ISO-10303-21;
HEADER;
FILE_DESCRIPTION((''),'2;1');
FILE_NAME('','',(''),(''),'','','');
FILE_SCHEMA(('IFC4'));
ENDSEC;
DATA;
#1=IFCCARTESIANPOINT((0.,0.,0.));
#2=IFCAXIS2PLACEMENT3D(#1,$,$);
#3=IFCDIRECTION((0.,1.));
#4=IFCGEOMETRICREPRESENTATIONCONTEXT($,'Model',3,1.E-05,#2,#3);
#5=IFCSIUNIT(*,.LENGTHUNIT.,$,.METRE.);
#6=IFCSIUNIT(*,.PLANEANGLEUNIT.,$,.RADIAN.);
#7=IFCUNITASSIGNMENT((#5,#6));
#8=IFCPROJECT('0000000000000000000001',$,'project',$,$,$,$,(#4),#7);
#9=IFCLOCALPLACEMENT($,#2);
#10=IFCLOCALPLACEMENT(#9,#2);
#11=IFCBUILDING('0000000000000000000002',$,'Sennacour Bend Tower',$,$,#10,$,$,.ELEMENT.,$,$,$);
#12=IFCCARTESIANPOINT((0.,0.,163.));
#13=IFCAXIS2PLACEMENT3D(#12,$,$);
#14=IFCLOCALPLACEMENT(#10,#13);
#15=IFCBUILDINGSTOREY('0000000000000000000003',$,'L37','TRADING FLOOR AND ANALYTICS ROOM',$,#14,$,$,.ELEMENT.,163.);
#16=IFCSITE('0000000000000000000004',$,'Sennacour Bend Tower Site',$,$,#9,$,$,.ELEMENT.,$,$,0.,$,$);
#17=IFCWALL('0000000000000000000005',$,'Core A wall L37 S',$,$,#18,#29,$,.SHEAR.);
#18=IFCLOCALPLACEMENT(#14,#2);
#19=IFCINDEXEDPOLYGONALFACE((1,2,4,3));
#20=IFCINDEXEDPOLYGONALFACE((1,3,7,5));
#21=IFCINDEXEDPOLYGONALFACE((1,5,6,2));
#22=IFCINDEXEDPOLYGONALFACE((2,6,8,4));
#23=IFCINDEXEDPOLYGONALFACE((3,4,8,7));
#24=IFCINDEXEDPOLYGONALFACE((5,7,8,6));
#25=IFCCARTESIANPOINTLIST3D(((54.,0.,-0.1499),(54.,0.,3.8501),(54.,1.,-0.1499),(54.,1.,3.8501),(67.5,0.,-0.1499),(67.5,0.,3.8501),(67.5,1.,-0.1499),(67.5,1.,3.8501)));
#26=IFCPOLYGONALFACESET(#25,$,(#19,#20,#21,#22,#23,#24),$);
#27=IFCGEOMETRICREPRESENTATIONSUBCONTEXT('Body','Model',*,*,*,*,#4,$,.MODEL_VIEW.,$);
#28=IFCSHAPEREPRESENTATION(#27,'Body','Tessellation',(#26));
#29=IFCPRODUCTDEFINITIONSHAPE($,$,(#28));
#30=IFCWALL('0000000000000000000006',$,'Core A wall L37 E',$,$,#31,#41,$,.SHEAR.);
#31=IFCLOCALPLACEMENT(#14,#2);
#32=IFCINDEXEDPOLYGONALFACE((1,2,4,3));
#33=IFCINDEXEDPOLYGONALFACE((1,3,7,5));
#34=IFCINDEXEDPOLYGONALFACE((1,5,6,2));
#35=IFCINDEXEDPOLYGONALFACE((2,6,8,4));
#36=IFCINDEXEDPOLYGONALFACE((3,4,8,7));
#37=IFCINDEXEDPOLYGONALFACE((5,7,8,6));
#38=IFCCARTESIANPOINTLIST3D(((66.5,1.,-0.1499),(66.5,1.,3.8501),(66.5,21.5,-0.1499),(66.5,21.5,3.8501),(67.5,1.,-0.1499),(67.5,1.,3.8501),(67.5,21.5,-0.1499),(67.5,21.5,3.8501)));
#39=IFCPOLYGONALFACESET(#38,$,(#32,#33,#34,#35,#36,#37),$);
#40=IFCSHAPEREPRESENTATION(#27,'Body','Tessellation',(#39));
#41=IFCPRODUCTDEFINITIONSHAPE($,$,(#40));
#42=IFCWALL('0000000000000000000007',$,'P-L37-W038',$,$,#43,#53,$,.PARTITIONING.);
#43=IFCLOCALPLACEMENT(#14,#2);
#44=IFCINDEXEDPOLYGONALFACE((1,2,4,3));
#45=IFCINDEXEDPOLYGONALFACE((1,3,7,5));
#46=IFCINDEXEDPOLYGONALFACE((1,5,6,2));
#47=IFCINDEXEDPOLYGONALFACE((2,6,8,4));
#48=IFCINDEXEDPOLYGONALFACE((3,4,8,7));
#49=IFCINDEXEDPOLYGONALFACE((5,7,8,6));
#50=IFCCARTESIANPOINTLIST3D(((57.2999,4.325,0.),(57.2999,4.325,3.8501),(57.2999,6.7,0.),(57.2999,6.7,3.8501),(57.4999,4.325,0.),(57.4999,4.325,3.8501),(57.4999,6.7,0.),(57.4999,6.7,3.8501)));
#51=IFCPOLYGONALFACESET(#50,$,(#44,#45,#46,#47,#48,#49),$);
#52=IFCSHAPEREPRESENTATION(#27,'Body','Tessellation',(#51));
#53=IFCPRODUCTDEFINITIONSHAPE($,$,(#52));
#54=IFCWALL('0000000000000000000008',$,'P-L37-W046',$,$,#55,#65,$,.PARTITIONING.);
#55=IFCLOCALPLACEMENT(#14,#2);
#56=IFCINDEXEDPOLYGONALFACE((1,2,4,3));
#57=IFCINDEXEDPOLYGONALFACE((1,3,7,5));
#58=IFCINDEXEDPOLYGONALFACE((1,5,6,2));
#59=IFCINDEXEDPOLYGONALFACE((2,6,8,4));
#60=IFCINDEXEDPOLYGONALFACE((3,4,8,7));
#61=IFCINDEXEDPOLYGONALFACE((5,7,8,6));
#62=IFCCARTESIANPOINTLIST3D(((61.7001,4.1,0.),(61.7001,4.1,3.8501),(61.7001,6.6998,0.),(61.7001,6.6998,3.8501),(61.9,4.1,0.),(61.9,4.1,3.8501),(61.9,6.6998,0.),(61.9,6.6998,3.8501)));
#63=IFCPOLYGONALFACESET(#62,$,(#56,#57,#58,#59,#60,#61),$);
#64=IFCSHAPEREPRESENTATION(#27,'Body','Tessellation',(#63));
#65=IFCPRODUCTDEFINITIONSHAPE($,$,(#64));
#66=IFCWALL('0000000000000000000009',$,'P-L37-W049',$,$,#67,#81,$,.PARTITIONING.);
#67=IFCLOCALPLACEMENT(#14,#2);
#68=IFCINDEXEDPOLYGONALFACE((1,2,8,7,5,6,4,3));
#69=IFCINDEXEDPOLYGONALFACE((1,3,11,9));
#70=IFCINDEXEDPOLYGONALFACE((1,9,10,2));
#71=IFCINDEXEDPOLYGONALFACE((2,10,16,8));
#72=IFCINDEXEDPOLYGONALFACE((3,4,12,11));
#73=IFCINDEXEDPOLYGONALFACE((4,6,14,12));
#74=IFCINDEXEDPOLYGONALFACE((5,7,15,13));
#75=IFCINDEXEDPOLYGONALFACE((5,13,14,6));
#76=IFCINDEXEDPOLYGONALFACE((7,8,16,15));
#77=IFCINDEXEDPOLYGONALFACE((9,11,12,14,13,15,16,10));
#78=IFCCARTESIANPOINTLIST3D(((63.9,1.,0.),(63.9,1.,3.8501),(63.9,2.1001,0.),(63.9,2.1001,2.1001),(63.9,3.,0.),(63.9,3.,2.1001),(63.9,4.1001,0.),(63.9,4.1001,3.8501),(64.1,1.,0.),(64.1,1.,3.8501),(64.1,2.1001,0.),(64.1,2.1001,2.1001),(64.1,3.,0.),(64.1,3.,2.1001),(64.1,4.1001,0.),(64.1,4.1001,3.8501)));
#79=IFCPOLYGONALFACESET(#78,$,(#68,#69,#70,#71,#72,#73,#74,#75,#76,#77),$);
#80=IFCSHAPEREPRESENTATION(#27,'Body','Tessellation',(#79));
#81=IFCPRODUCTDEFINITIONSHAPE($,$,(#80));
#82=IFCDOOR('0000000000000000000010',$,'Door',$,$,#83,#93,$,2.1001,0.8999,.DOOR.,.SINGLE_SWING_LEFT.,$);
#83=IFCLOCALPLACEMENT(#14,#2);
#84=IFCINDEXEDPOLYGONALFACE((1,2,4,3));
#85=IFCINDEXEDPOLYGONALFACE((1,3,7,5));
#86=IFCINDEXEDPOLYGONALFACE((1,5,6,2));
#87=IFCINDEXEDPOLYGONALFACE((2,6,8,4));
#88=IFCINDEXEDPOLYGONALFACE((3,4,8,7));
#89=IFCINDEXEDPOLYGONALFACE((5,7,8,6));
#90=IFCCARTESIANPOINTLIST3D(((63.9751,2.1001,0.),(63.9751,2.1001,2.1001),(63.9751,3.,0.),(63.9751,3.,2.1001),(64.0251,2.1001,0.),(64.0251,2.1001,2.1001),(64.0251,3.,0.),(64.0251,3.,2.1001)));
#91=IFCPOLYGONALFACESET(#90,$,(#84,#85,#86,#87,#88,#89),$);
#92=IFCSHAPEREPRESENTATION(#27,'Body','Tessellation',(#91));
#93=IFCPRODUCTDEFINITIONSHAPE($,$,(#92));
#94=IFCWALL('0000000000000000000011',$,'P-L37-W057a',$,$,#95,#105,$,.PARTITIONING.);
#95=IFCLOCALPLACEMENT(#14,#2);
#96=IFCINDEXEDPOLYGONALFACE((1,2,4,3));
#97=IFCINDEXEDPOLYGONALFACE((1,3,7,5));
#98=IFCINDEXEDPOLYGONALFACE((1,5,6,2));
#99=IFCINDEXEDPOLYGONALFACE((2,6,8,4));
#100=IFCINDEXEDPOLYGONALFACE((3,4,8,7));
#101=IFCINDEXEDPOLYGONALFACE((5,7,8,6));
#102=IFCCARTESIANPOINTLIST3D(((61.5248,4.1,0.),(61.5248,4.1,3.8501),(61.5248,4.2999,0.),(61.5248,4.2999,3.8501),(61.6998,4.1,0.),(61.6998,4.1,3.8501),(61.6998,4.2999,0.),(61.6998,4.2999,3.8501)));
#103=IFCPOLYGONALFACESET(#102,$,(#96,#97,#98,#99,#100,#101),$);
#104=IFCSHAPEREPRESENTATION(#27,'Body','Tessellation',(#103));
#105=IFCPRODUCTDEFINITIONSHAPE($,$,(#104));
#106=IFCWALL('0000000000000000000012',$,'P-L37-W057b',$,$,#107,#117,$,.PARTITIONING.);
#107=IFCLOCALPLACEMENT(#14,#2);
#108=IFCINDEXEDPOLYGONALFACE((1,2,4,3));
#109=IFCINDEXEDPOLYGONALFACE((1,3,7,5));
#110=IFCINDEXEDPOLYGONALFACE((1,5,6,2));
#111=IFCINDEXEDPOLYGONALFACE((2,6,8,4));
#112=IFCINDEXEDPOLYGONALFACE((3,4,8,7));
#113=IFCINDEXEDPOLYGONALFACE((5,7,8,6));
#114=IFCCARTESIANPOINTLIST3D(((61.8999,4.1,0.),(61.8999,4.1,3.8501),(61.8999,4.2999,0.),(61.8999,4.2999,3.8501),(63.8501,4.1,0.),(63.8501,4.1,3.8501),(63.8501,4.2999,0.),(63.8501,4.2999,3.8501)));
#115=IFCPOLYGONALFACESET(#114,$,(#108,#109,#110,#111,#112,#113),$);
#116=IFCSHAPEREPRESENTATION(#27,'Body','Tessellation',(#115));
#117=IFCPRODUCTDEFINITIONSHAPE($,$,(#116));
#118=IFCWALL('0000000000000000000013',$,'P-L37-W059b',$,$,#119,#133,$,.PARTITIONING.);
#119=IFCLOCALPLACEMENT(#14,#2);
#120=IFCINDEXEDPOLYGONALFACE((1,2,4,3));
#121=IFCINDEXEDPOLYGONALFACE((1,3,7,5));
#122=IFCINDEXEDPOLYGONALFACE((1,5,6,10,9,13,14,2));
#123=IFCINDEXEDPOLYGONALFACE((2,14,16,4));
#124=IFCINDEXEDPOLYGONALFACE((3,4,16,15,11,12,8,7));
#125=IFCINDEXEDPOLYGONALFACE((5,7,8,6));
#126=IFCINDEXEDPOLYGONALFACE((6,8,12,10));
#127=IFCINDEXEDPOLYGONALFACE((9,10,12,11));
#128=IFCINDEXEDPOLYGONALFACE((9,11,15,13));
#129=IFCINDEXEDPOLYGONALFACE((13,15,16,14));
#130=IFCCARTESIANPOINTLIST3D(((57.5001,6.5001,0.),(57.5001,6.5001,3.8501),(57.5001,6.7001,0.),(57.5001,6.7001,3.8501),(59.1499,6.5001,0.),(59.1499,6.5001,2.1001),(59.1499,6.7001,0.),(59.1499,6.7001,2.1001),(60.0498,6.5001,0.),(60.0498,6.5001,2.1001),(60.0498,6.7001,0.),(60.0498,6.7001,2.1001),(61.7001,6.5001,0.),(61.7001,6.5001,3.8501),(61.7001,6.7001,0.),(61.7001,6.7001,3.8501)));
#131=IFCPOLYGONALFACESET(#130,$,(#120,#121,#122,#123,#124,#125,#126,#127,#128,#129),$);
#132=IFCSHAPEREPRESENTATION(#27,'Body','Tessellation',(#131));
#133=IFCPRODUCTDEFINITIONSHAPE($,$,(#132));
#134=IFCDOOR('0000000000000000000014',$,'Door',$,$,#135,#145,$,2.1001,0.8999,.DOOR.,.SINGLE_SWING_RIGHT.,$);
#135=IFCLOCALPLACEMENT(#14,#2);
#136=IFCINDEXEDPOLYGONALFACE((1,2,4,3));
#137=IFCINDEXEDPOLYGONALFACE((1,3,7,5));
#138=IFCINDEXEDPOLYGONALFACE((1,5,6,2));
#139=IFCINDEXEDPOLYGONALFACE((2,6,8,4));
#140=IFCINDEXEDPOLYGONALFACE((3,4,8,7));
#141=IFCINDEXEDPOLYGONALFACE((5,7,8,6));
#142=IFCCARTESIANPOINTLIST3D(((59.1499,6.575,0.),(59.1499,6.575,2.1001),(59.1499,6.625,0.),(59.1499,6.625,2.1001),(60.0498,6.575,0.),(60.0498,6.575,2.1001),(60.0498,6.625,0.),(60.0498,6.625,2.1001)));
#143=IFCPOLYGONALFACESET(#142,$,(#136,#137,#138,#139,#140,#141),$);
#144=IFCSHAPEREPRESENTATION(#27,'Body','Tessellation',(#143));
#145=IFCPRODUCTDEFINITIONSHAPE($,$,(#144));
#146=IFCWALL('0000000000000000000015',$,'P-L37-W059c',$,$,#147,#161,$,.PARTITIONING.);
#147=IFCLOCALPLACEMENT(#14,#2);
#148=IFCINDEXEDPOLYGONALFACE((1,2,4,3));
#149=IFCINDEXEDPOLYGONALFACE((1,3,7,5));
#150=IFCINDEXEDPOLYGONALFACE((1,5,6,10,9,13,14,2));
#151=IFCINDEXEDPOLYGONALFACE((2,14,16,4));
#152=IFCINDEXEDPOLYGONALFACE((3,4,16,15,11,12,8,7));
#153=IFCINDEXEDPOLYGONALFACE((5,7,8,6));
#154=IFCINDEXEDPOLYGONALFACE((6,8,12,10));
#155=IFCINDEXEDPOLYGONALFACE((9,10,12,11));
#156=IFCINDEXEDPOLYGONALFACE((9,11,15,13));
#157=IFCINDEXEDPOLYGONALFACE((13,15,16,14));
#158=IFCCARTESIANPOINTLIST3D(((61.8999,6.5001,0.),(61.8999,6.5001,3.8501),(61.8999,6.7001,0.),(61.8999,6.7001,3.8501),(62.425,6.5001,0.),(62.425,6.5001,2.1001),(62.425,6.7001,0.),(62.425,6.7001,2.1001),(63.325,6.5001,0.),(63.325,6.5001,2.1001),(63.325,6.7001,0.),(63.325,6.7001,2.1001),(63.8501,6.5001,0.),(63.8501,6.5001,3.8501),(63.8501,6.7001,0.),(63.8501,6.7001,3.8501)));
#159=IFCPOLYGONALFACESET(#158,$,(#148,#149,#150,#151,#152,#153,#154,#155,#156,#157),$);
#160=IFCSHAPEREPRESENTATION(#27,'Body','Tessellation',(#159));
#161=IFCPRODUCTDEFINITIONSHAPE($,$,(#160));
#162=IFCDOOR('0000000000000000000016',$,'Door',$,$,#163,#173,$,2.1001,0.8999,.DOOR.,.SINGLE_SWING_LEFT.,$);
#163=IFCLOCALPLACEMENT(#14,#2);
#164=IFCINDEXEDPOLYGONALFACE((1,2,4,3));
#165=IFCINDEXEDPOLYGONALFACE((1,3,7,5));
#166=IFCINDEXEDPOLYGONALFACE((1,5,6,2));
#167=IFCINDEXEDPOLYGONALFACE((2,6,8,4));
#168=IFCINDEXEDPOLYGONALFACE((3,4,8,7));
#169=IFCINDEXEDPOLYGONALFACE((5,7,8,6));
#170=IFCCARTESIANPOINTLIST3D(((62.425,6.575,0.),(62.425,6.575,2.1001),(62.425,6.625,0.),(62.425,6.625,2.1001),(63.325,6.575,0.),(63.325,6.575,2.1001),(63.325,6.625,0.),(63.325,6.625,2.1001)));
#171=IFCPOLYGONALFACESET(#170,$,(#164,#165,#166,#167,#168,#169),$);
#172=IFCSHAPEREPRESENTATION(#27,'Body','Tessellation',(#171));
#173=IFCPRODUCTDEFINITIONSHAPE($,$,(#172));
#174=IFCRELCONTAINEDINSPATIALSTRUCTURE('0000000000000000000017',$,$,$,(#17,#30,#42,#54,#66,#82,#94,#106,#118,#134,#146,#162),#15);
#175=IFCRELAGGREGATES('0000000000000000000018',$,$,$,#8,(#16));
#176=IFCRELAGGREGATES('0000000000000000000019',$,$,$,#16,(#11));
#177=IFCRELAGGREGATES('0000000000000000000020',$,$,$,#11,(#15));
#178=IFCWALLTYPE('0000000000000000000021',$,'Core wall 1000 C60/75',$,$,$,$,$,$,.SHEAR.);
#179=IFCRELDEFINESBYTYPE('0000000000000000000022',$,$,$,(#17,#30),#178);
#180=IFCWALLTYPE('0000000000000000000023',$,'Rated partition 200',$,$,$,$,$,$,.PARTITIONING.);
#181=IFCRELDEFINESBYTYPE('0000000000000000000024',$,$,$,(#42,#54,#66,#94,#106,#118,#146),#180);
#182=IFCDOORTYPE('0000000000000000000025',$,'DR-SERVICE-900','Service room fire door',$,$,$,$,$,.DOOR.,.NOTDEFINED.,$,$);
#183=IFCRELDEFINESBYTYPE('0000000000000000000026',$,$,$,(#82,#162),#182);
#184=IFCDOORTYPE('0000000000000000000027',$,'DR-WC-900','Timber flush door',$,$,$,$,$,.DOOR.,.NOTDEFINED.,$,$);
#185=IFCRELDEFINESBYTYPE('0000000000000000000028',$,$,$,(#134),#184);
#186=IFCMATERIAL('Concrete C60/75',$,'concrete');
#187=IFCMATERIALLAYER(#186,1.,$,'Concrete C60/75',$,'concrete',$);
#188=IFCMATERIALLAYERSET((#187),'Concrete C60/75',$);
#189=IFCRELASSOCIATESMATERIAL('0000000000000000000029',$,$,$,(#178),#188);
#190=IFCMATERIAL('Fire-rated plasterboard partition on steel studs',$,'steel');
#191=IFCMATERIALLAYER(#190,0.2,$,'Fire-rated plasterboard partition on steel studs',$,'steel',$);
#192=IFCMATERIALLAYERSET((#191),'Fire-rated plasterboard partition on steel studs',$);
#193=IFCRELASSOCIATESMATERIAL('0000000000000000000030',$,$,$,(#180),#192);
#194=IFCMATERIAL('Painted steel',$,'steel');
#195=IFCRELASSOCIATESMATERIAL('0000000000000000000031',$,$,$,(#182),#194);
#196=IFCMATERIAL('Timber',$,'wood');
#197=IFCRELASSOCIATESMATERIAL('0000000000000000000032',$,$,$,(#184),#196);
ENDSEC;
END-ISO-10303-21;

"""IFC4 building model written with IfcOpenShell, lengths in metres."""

from ifc_helpers import new_model, si_unit, direction, frame, frame_2d, origin, place, context, subcontext, project, spatial, rectangle, extrude, material, layer, layer_set, type_object, element, fill, save


model = new_model("IFC4")

# Units and contexts
model_context = context("Model", 3, precision=1e-05, world=origin(), true_north=direction((0.0, 1.0)))
body_context = subcontext(model_context, "Body", "Model", "MODEL_VIEW")
ifc_project = project(units=[si_unit("LENGTHUNIT", "METRE"), si_unit("PLANEANGLEUNIT", "RADIAN")], contexts=[model_context])

# Site, building, storey
site_placement = place(None, origin())
site = spatial("IfcSite", under=ifc_project, at=site_placement, Name="Sennacour Bend Tower Site", CompositionType="ELEMENT", RefElevation=0.0)
building_placement = place(site_placement, origin())
building = spatial("IfcBuilding", under=site, at=building_placement, Name="Sennacour Bend Tower", CompositionType="ELEMENT")
storey_placement = place(building_placement, frame((0.0, 0.0, 163.0)))
storey = spatial("IfcBuildingStorey", under=building, at=storey_placement, Name="L37", Description="TRADING FLOOR AND ANALYTICS ROOM", CompositionType="ELEMENT", Elevation=163.0)

# Walls
ifc_material_1 = material(Name="Concrete C60/75", Category="concrete")
ifc_layer_1 = layer(ifc_material_1, 1.0, Name="Concrete C60/75", Category="concrete")
ifc_layer_set_1 = layer_set([ifc_layer_1], Name="Concrete C60/75")
wall_type_1 = type_object("IfcWallType", Name="Core wall 1000 C60/75", PredefinedType="SHEAR", material=ifc_layer_set_1)
wall_1_placement = place(storey_placement, frame((67.5, 0.5, -0.1499), z_axis=(0.0, 0.0, 1.0), x_axis=(-1.0, 0.0, 0.0)))
element("IfcWall", 1, at=wall_1_placement, inside=storey, type_object=wall_type_1, Name="Core A wall L37 S", PredefinedType="SHEAR", context=body_context, shape_type="SweptSolid", body=[
    extrude(rectangle(XDim=13.5, YDim=1.0, at=frame_2d((6.75, 0.0))), origin(), (0.0, 0.0, 1.0), 4.0),
])
wall_2_placement = place(storey_placement, frame((67.0, 1.0, -0.1499), z_axis=(0.0, 0.0, 1.0), x_axis=(0.0, 1.0, 0.0)))
element("IfcWall", 2, at=wall_2_placement, inside=storey, type_object=wall_type_1, Name="Core A wall L37 E", PredefinedType="SHEAR", context=body_context, shape_type="SweptSolid", body=[
    extrude(rectangle(XDim=20.5, YDim=1.0, at=frame_2d((10.25, 0.0))), origin(), (0.0, 0.0, 1.0), 4.0),
])
ifc_material_2 = material(Name="Fire-rated plasterboard partition on steel studs", Category="steel")
ifc_layer_2 = layer(ifc_material_2, 0.2, Name="Fire-rated plasterboard partition on steel studs", Category="steel")
ifc_layer_set_2 = layer_set([ifc_layer_2], Name="Fire-rated plasterboard partition on steel studs")
wall_type_2 = type_object("IfcWallType", Name="Rated partition 200", PredefinedType="PARTITIONING", material=ifc_layer_set_2)
wall_3_placement = place(storey_placement, frame((57.3999, 4.325, 0.0), z_axis=(0.0, 0.0, 1.0), x_axis=(0.0, 1.0, 0.0)))
element("IfcWall", 3, at=wall_3_placement, inside=storey, type_object=wall_type_2, Name="P-L37-W038", PredefinedType="PARTITIONING", context=body_context, shape_type="SweptSolid", body=[
    extrude(rectangle(XDim=2.375, YDim=0.2, at=frame_2d((1.1875, 0.0))), origin(), (0.0, 0.0, 1.0), 3.8501),
])
wall_4_placement = place(storey_placement, frame((61.8, 4.1001, 0.0), z_axis=(0.0, 0.0, 1.0), x_axis=(0.0, 1.0, 0.0)))
element("IfcWall", 4, at=wall_4_placement, inside=storey, type_object=wall_type_2, Name="P-L37-W046", PredefinedType="PARTITIONING", context=body_context, shape_type="SweptSolid", body=[
    extrude(rectangle(XDim=2.5999, YDim=0.2, at=frame_2d((1.2998, 0.0))), origin(), (0.0, 0.0, 1.0), 3.8501),
])

# Wall, opening, door
wall_5_placement = place(storey_placement, frame((64.0, 1.0, 0.0), z_axis=(0.0, 0.0, 1.0), x_axis=(0.0, 1.0, 0.0)))
wall_5 = element("IfcWall", 5, at=wall_5_placement, inside=storey, type_object=wall_type_2, Name="P-L37-W049", PredefinedType="PARTITIONING", context=body_context, shape_type="SweptSolid", body=[
    extrude(rectangle(XDim=3.1001, YDim=0.2, at=frame_2d((1.55, 0.0))), origin(), (0.0, 0.0, 1.0), 3.8501),
])
opening_1_placement = place(wall_5_placement, frame((1.1001, 0.0, 0.0)))
opening_1 = element("IfcOpeningElement", 6, at=opening_1_placement, cuts=wall_5, PredefinedType="OPENING", context=body_context, shape_type="SweptSolid", body=[
    extrude(rectangle(XDim=0.8999, YDim=2.1001, at=frame_2d((0.45, 1.05))), frame((0.0, 0.1099, 0.0), z_axis=(0.0, -1.0, 0.0), x_axis=(1.0, 0.0, 0.0)), (0.0, 0.0, 1.0), 0.22),
])
ifc_material_3 = material(Name="Painted steel", Category="steel")
door_type_1 = type_object("IfcDoorType", Name="DR-SERVICE-900", Description="Service room fire door", OperationType="NOTDEFINED", PredefinedType="DOOR", material=ifc_material_3)
door_1_placement = place(opening_1_placement, origin())
door_1 = element("IfcDoor", 7, at=door_1_placement, inside=storey, type_object=door_type_1, Name="Door", OperationType="SINGLE_SWING_LEFT", OverallHeight=2.1001, OverallWidth=0.8999, PredefinedType="DOOR", context=body_context, shape_type="SweptSolid", body=[
    extrude(rectangle(XDim=0.8999, YDim=2.1001, at=frame_2d((0.45, 1.05))), frame((0.0, 0.0249, 0.0), z_axis=(0.0, -1.0, 0.0), x_axis=(1.0, 0.0, 0.0)), (0.0, 0.0, 1.0), 0.05),
])
fill(opening_1, door_1)

# Walls
wall_6_placement = place(storey_placement, frame((61.5249, 4.2, 0.0), z_axis=(0.0, 0.0, 1.0), x_axis=(1.0, 0.0, 0.0)))
element("IfcWall", 8, at=wall_6_placement, inside=storey, type_object=wall_type_2, Name="P-L37-W057a", PredefinedType="PARTITIONING", context=body_context, shape_type="SweptSolid", body=[
    extrude(rectangle(XDim=0.175, YDim=0.2, at=frame_2d((0.0874, 0.0))), origin(), (0.0, 0.0, 1.0), 3.8501),
])
wall_7_placement = place(storey_placement, frame((61.8999, 4.2, 0.0), z_axis=(0.0, 0.0, 1.0), x_axis=(1.0, 0.0, 0.0)))
element("IfcWall", 9, at=wall_7_placement, inside=storey, type_object=wall_type_2, Name="P-L37-W057b", PredefinedType="PARTITIONING", context=body_context, shape_type="SweptSolid", body=[
    extrude(rectangle(XDim=1.9502, YDim=0.2, at=frame_2d((0.9751, 0.0))), origin(), (0.0, 0.0, 1.0), 3.8501),
])

# Walls, openings, doors
wall_8_placement = place(storey_placement, frame((57.5, 6.6001, 0.0), z_axis=(0.0, 0.0, 1.0), x_axis=(1.0, 0.0, 0.0)))
wall_8 = element("IfcWall", 10, at=wall_8_placement, inside=storey, type_object=wall_type_2, Name="P-L37-W059b", PredefinedType="PARTITIONING", context=body_context, shape_type="SweptSolid", body=[
    extrude(rectangle(XDim=4.2, YDim=0.2, at=frame_2d((2.1001, 0.0))), origin(), (0.0, 0.0, 1.0), 3.8501),
])
opening_2_placement = place(wall_8_placement, frame((1.6499, 0.0, 0.0)))
opening_2 = element("IfcOpeningElement", 11, at=opening_2_placement, cuts=wall_8, PredefinedType="OPENING", context=body_context, shape_type="SweptSolid", body=[
    extrude(rectangle(XDim=0.8999, YDim=2.1001, at=frame_2d((0.45, 1.05))), frame((0.0, 0.1099, 0.0), z_axis=(0.0, -1.0, 0.0), x_axis=(1.0, 0.0, 0.0)), (0.0, 0.0, 1.0), 0.22),
])
ifc_material_4 = material(Name="Timber", Category="wood")
door_type_2 = type_object("IfcDoorType", Name="DR-WC-900", Description="Timber flush door", OperationType="NOTDEFINED", PredefinedType="DOOR", material=ifc_material_4)
door_2_placement = place(opening_2_placement, origin())
door_2 = element("IfcDoor", 12, at=door_2_placement, inside=storey, type_object=door_type_2, Name="Door", OperationType="SINGLE_SWING_RIGHT", OverallHeight=2.1001, OverallWidth=0.8999, PredefinedType="DOOR", context=body_context, shape_type="SweptSolid", body=[
    extrude(rectangle(XDim=0.8999, YDim=2.1001, at=frame_2d((0.45, 1.05))), frame((0.0, 0.0249, 0.0), z_axis=(0.0, -1.0, 0.0), x_axis=(1.0, 0.0, 0.0)), (0.0, 0.0, 1.0), 0.05),
])
fill(opening_2, door_2)
wall_9_placement = place(storey_placement, frame((61.8999, 6.6001, 0.0), z_axis=(0.0, 0.0, 1.0), x_axis=(1.0, 0.0, 0.0)))
wall_9 = element("IfcWall", 13, at=wall_9_placement, inside=storey, type_object=wall_type_2, Name="P-L37-W059c", PredefinedType="PARTITIONING", context=body_context, shape_type="SweptSolid", body=[
    extrude(rectangle(XDim=1.9502, YDim=0.2, at=frame_2d((0.9751, 0.0))), origin(), (0.0, 0.0, 1.0), 3.8501),
])
opening_3_placement = place(wall_9_placement, frame((0.5251, 0.0, 0.0)))
opening_3 = element("IfcOpeningElement", 14, at=opening_3_placement, cuts=wall_9, PredefinedType="OPENING", context=body_context, shape_type="SweptSolid", body=[
    extrude(rectangle(XDim=0.8999, YDim=2.1001, at=frame_2d((0.45, 1.05))), frame((0.0, 0.1099, 0.0), z_axis=(0.0, -1.0, 0.0), x_axis=(1.0, 0.0, 0.0)), (0.0, 0.0, 1.0), 0.22),
])
door_3_placement = place(opening_3_placement, origin())
door_3 = element("IfcDoor", 15, at=door_3_placement, inside=storey, type_object=door_type_1, Name="Door", OperationType="SINGLE_SWING_LEFT", OverallHeight=2.1001, OverallWidth=0.8999, PredefinedType="DOOR", context=body_context, shape_type="SweptSolid", body=[
    extrude(rectangle(XDim=0.8999, YDim=2.1001, at=frame_2d((0.45, 1.05))), frame((0.0, 0.0249, 0.0), z_axis=(0.0, -1.0, 0.0), x_axis=(1.0, 0.0, 0.0)), (0.0, 0.0, 1.0), 0.05),
])
fill(opening_3, door_3)

save(model, "model.ifc")
